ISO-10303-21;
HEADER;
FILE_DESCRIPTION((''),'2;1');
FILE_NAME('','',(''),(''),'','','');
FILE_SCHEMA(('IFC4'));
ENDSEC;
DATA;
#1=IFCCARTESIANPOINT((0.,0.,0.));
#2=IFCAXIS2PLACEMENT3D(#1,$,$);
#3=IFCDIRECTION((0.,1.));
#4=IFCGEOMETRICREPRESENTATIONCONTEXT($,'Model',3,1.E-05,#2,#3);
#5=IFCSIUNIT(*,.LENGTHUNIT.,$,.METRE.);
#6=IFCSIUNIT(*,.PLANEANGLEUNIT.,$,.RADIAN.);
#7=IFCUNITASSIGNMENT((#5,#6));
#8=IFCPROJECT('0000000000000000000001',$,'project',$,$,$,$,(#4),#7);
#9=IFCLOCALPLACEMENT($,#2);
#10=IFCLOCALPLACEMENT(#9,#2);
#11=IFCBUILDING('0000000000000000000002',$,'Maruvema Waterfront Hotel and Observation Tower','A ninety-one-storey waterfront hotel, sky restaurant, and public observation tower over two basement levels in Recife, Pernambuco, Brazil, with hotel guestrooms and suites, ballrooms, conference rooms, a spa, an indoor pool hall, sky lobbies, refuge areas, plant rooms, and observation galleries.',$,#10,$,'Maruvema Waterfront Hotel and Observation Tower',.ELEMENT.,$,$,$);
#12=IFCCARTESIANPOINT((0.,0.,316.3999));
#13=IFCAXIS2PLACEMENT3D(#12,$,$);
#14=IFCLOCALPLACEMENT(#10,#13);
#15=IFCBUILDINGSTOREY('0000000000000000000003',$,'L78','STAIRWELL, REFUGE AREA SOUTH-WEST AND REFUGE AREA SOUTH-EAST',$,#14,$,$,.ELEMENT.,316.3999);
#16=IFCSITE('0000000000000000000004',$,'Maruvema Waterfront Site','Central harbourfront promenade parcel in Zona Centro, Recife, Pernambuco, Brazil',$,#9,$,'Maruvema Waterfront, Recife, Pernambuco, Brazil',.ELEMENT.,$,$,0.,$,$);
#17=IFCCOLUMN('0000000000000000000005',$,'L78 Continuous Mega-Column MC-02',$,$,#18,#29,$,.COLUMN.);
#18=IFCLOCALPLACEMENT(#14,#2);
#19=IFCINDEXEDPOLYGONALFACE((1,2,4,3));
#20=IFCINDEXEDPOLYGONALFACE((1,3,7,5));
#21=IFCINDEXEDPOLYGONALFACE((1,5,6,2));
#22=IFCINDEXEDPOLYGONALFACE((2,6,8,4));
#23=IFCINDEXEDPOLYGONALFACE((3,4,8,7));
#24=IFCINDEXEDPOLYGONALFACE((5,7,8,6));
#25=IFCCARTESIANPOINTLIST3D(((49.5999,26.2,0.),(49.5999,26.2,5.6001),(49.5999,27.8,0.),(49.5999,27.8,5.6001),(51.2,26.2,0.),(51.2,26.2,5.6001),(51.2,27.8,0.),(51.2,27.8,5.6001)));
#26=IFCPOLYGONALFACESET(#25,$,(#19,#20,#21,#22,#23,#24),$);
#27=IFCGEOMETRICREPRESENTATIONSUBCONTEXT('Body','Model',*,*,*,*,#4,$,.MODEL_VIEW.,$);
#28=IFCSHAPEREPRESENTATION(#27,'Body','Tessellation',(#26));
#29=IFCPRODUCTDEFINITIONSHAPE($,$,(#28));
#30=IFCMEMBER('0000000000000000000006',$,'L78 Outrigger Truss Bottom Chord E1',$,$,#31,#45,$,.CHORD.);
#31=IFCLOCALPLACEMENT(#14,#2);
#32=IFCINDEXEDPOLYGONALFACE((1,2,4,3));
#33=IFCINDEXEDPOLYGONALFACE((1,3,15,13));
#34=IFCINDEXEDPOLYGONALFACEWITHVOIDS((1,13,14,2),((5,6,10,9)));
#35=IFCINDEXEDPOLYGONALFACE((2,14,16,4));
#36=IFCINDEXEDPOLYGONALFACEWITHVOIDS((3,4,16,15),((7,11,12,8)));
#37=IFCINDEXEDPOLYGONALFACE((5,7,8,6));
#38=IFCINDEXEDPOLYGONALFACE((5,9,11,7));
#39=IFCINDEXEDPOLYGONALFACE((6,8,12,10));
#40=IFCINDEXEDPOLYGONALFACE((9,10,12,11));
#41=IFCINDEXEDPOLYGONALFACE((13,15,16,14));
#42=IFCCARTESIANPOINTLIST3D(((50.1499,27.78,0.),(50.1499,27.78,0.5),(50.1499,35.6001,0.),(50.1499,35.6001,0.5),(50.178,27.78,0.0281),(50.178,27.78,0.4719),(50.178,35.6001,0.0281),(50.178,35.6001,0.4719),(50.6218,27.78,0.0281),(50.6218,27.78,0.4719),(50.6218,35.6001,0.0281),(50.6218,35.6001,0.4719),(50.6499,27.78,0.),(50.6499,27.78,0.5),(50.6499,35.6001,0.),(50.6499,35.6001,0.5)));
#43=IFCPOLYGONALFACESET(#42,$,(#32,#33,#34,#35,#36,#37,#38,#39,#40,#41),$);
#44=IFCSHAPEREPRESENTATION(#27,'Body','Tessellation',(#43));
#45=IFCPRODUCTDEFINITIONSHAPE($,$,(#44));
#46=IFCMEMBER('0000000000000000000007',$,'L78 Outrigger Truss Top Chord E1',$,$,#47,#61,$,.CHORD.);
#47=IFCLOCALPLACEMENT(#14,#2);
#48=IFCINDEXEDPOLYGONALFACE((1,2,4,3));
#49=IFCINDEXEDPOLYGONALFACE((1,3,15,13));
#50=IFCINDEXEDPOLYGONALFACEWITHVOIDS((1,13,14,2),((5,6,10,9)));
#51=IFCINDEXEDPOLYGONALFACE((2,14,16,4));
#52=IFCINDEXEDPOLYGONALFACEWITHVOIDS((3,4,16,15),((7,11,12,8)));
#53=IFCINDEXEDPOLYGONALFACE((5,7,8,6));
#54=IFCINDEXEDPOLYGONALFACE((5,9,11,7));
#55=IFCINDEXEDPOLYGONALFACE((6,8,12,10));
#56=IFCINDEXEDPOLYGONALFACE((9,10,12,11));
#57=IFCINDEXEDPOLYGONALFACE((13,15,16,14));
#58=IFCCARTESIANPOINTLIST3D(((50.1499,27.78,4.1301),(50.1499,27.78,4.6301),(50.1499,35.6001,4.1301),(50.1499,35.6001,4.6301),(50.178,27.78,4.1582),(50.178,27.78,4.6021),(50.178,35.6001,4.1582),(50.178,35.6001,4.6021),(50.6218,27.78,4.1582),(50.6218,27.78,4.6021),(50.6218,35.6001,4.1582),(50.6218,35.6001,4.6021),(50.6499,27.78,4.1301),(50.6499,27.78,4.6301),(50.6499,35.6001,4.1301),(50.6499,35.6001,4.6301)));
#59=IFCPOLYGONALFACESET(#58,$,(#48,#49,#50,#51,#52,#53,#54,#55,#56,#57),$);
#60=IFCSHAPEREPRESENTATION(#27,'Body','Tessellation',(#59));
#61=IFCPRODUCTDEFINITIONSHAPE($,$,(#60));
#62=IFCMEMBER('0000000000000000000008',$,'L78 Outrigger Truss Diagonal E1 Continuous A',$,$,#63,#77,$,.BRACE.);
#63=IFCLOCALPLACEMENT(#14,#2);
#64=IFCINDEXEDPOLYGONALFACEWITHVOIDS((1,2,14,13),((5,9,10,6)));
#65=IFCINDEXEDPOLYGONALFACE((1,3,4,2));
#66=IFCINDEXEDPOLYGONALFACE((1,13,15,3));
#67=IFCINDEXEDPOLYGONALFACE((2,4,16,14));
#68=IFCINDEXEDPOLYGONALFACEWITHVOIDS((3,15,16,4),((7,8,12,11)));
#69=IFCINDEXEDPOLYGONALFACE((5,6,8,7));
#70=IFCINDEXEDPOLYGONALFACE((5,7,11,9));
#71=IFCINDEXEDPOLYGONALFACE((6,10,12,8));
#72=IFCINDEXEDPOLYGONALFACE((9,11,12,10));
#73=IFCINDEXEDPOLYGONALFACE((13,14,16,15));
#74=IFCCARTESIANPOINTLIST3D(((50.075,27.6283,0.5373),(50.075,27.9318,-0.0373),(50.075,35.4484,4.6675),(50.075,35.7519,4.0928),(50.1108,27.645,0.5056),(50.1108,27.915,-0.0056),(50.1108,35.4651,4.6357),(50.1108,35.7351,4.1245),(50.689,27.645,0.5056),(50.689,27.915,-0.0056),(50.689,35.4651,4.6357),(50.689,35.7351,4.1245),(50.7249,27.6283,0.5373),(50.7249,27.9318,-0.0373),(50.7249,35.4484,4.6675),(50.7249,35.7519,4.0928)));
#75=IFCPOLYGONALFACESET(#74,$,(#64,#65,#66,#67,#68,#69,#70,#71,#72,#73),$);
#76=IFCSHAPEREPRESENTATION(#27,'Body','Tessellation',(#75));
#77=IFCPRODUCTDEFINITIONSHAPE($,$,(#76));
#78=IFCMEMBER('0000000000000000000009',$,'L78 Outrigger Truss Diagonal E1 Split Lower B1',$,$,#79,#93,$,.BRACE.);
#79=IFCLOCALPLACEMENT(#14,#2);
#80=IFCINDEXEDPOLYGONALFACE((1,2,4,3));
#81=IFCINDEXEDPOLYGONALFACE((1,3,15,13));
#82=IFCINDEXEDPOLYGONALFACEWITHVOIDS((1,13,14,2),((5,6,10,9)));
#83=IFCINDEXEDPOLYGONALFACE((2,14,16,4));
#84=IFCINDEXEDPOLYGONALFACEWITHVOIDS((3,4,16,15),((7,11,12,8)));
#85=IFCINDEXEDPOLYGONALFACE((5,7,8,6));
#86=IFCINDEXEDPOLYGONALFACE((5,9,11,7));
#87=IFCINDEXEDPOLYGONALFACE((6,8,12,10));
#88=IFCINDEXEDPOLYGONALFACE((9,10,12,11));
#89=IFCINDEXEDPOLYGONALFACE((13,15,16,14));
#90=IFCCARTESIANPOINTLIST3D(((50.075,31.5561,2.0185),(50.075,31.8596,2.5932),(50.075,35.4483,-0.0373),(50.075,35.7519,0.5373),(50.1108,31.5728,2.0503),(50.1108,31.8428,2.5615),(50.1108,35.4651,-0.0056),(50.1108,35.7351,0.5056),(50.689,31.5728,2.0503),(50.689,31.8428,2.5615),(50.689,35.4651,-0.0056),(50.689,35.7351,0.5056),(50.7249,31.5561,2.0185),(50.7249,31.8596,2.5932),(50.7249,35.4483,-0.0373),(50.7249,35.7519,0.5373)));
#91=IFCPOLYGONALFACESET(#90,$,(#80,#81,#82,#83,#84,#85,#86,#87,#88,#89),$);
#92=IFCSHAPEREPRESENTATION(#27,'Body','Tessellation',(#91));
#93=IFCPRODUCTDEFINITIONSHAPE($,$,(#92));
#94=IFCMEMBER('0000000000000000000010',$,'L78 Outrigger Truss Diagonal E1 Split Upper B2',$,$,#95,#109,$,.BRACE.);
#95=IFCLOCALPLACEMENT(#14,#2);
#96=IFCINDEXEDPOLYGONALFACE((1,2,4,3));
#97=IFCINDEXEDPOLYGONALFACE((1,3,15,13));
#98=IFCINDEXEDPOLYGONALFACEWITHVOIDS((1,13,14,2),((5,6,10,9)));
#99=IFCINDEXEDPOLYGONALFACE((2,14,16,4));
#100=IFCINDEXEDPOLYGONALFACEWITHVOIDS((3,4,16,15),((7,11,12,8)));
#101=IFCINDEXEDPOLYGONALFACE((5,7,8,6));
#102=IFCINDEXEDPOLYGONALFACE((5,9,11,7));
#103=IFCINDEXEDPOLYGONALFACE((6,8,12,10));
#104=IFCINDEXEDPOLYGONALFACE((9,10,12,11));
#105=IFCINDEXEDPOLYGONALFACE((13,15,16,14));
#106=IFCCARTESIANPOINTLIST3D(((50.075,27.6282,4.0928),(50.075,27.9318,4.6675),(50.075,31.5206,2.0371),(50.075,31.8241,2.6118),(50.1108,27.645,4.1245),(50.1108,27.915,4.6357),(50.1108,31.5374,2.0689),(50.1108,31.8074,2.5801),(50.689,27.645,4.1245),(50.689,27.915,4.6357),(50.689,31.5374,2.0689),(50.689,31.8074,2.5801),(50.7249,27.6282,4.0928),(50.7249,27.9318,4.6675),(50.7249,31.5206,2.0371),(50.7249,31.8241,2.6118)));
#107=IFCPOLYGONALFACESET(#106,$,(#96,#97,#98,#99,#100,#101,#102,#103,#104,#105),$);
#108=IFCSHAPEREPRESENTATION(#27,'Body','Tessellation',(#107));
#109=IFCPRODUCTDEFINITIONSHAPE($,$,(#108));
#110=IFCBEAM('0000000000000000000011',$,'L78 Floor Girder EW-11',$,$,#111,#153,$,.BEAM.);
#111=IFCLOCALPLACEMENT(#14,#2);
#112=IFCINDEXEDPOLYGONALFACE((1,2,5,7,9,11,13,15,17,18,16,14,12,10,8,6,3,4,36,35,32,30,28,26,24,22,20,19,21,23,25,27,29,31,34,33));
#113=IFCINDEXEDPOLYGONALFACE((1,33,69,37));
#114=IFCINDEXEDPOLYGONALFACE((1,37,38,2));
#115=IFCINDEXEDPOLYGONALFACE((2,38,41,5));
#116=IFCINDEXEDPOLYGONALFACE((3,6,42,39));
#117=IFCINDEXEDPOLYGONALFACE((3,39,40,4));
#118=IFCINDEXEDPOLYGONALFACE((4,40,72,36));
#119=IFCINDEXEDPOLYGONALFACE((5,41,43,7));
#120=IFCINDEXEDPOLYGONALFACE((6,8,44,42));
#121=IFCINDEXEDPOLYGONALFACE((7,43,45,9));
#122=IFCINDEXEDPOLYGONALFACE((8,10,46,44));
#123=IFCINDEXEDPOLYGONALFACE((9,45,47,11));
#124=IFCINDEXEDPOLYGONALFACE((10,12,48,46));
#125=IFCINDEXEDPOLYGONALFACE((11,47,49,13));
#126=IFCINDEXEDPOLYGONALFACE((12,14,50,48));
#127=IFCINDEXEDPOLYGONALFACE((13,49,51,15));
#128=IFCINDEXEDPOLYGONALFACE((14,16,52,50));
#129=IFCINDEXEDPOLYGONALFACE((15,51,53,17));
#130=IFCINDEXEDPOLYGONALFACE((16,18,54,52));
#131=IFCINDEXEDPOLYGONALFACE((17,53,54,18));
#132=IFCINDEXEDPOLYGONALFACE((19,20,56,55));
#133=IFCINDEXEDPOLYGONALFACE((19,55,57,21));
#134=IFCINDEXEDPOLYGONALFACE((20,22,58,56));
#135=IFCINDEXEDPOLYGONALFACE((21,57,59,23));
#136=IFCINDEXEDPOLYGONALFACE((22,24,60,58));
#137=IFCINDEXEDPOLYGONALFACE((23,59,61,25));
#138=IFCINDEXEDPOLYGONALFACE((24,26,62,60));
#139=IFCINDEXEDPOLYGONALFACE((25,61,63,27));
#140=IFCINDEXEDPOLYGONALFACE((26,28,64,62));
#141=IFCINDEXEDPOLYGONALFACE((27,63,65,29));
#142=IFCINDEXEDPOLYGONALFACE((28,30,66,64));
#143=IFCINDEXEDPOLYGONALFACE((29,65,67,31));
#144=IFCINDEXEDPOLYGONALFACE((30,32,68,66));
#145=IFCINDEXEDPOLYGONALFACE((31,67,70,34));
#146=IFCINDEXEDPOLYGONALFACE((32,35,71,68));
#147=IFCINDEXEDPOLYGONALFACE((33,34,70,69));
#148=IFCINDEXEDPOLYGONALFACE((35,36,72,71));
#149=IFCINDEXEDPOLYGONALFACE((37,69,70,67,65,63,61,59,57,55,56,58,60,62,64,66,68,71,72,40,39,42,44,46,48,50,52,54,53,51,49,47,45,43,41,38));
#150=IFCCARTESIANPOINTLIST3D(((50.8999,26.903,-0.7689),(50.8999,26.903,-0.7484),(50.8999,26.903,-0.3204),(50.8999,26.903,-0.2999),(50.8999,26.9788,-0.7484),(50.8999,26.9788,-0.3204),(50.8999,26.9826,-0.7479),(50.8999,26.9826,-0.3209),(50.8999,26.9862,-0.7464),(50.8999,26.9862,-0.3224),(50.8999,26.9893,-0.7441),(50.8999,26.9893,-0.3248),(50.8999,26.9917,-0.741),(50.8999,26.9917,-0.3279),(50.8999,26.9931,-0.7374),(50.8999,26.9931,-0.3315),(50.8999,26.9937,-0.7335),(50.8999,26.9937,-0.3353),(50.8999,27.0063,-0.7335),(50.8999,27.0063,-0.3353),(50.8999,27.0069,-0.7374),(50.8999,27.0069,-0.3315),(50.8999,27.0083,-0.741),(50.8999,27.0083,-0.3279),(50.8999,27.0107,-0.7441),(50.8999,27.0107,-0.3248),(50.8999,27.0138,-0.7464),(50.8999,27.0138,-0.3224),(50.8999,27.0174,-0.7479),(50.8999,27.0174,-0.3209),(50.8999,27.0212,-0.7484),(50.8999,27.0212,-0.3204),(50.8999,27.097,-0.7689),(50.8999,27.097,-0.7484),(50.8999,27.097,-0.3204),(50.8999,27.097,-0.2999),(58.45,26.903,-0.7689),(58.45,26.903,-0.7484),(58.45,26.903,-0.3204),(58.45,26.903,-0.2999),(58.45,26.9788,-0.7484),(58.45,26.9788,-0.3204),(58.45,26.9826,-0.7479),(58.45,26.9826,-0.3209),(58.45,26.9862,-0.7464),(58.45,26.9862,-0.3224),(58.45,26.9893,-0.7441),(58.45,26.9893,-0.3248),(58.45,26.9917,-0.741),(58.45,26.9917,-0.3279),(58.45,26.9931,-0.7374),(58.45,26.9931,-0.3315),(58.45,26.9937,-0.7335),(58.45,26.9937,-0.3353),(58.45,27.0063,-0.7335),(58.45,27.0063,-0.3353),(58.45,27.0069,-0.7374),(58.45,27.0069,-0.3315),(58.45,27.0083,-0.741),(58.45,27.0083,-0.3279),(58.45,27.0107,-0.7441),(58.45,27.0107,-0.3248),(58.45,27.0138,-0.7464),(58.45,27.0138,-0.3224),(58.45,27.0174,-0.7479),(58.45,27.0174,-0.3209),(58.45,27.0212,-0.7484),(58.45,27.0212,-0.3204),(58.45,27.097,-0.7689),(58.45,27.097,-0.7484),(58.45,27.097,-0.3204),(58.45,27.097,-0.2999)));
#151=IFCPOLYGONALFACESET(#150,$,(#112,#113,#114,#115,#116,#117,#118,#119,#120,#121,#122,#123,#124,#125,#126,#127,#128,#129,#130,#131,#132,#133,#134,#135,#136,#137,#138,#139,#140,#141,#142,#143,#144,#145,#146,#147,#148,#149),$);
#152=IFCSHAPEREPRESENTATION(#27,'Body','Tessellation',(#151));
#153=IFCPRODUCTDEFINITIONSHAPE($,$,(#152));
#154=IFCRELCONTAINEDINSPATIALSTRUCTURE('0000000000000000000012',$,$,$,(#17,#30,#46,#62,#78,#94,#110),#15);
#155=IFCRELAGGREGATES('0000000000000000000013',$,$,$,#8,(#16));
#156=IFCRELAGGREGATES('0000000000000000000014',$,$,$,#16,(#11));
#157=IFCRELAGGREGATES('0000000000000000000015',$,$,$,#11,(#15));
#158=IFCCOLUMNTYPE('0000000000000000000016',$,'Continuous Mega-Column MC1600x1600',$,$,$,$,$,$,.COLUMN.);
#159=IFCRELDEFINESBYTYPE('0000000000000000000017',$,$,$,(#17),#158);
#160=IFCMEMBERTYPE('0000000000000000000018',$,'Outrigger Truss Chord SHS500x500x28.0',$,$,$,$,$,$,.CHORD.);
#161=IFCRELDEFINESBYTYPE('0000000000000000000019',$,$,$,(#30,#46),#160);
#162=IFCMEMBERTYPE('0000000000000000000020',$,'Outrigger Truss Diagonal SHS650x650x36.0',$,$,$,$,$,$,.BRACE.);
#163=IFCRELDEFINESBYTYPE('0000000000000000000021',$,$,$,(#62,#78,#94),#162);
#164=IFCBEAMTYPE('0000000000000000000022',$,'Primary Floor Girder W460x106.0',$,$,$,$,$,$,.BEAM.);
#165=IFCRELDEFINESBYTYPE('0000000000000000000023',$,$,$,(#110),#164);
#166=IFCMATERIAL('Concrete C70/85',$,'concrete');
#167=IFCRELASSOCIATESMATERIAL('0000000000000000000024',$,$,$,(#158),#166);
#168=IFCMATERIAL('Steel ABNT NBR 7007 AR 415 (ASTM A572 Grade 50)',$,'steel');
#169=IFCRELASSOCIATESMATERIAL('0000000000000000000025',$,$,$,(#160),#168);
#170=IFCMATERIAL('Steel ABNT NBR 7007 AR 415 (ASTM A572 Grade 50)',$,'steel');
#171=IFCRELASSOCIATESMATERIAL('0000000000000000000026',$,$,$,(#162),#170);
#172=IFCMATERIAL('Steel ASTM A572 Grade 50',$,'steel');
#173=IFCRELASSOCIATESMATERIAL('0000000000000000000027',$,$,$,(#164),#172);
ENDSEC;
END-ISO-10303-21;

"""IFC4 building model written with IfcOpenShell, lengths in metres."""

from ifc_helpers import new_model, si_unit, direction, frame, origin, origin_2d, place, context, subcontext, project, spatial, rectangle, hollow_rectangle, i_section, extrude, material, material_profile, profile_set, type_object, element, save


model = new_model("IFC4")

# Units and contexts
model_context = context("Model", 3, precision=1e-05, world=origin(), true_north=direction((0.0, 1.0)))
body_context = subcontext(model_context, "Body", "Model", "MODEL_VIEW")
ifc_project = project(units=[si_unit("LENGTHUNIT", "METRE"), si_unit("PLANEANGLEUNIT", "RADIAN")], contexts=[model_context])

# Site, building, storey
site_placement = place(None, origin())
site = spatial("IfcSite", under=ifc_project, at=site_placement, Name="Maruvema Waterfront Site", Description="Central harbourfront promenade parcel in Zona Centro, Recife, Pernambuco, Brazil", LongName="Maruvema Waterfront, Recife, Pernambuco, Brazil", CompositionType="ELEMENT", RefElevation=0.0)
building_placement = place(site_placement, origin())
building = spatial("IfcBuilding", under=site, at=building_placement, Name="Maruvema Waterfront Hotel and Observation Tower", Description="A ninety-one-storey waterfront hotel, sky restaurant, and public observation tower over two basement levels in Recife, Pernambuco, Brazil, with hotel guestrooms and suites, ballrooms, conference rooms, a spa, an indoor pool hall, sky lobbies, refuge areas, plant rooms, and observation galleries.", LongName="Maruvema Waterfront Hotel and Observation Tower", CompositionType="ELEMENT")
storey_placement = place(building_placement, frame((0.0, 0.0, 316.3999)))
storey = spatial("IfcBuildingStorey", under=building, at=storey_placement, Name="L78", Description="STAIRWELL, REFUGE AREA SOUTH-WEST AND REFUGE AREA SOUTH-EAST", CompositionType="ELEMENT", Elevation=316.3999)

# Column
ifc_material_1 = material(Name="Concrete C70/85", Category="concrete")
ifc_material_profile_1 = material_profile(ifc_material_1, rectangle(XDim=1.6001, YDim=1.6001, at=origin_2d()), Name="MC1600x1600")
ifc_profile_set_1 = profile_set([ifc_material_profile_1], Name="Concrete C70/85")
column_type = type_object("IfcColumnType", Name="Continuous Mega-Column MC1600x1600", PredefinedType="COLUMN", material=ifc_profile_set_1)
column_placement = place(storey_placement, frame((50.3999, 27.0, 0.0), z_axis=(0.0, 0.0, 1.0), x_axis=(1.0, 0.0, 0.0)))
element("IfcColumn", 1, at=column_placement, inside=storey, type_object=column_type, Name="L78 Continuous Mega-Column MC-02", PredefinedType="COLUMN", context=body_context, shape_type="SweptSolid", body=[
    extrude(rectangle(XDim=1.6001, YDim=1.6001, at=origin_2d()), origin(), (0.0, 0.0, 1.0), 5.6001),
])

# Members
ifc_material_2 = material(Name="Steel ABNT NBR 7007 AR 415 (ASTM A572 Grade 50)", Category="steel")
ifc_material_profile_2 = material_profile(ifc_material_2, hollow_rectangle(XDim=0.5, YDim=0.5, WallThickness=0.0281, at=origin_2d()), Name="SHS500x500x28.0")
ifc_profile_set_2 = profile_set([ifc_material_profile_2], Name="Steel ABNT NBR 7007 AR 415 (ASTM A572 Grade 50)")
member_type_1 = type_object("IfcMemberType", Name="Outrigger Truss Chord SHS500x500x28.0", PredefinedType="CHORD", material=ifc_profile_set_2)
for number, where, z_axis, x_axis, name in (
    (2, (50.3999, 27.78, 0.25), (0.0, 1.0, 0.0), (-1.0, 0.0, 0.0), "L78 Outrigger Truss Bottom Chord E1"),
    (3, (50.3999, 27.78, 4.3801), (0.0, 1.0, 0.0), (-1.0, 0.0, 0.0), "L78 Outrigger Truss Top Chord E1"),
):
    element("IfcMember", number, at=place(storey_placement, frame(where, z_axis=z_axis, x_axis=x_axis)), inside=storey, type_object=member_type_1, Name=name, PredefinedType="CHORD", context=body_context, shape_type="SweptSolid", body=[
        extrude(hollow_rectangle(XDim=0.5, YDim=0.5, WallThickness=0.0281, at=origin_2d()), origin(), (0.0, 0.0, 1.0), 7.8201),
    ])
ifc_material_3 = material(Name="Steel ABNT NBR 7007 AR 415 (ASTM A572 Grade 50)", Category="steel")
ifc_material_profile_3 = material_profile(ifc_material_3, hollow_rectangle(XDim=0.6499, YDim=0.6499, WallThickness=0.0359, at=origin_2d()), Name="SHS650x650x36.0")
ifc_profile_set_3 = profile_set([ifc_material_profile_3], Name="Steel ABNT NBR 7007 AR 415 (ASTM A572 Grade 50)")
member_type_2 = type_object("IfcMemberType", Name="Outrigger Truss Diagonal SHS650x650x36.0", PredefinedType="BRACE", material=ifc_profile_set_3)
member_placement = place(storey_placement, frame((50.3999, 27.78, 0.25), z_axis=(0.0, 0.884251, 0.467012), x_axis=(-1.0, 0.0, 0.0)))
element("IfcMember", 4, at=member_placement, inside=storey, type_object=member_type_2, Name="L78 Outrigger Truss Diagonal E1 Continuous A", PredefinedType="BRACE", context=body_context, shape_type="SweptSolid", body=[
    extrude(hollow_rectangle(XDim=0.6499, YDim=0.6499, WallThickness=0.0359, at=origin_2d()), origin(), (0.0, 0.0, 1.0), 8.8438),
])
for number, where, z_axis, x_axis, name in (
    (5, (50.3999, 35.6001, 0.25), (0.0, -0.884233, 0.467047), (1.0, 0.0, 0.0), "L78 Outrigger Truss Diagonal E1 Split Lower B1"),
    (6, (50.3999, 31.6724, 2.3245), (0.0, -0.884256, 0.467003), (1.0, 0.0, 0.0), "L78 Outrigger Truss Diagonal E1 Split Upper B2"),
):
    element("IfcMember", number, at=place(storey_placement, frame(where, z_axis=z_axis, x_axis=x_axis)), inside=storey, type_object=member_type_2, Name=name, PredefinedType="BRACE", context=body_context, shape_type="SweptSolid", body=[
        extrude(hollow_rectangle(XDim=0.6499, YDim=0.6499, WallThickness=0.0359, at=origin_2d()), origin(), (0.0, 0.0, 1.0), 4.4019),
    ])

# Beam
ifc_material_4 = material(Name="Steel ASTM A572 Grade 50", Category="steel")
ifc_material_profile_4 = material_profile(ifc_material_4, i_section(OverallWidth=0.1941, OverallDepth=0.469, WebThickness=0.0127, FlangeThickness=0.0205, FilletRadius=0.0149, at=origin_2d()), Name="W460x106.0")
ifc_profile_set_4 = profile_set([ifc_material_profile_4], Name="Steel ASTM A572 Grade 50")
beam_type_1 = type_object("IfcBeamType", Name="Primary Floor Girder W460x106.0", PredefinedType="BEAM", material=ifc_profile_set_4)
beam_1_placement = place(storey_placement, frame((50.8999, 27.0, -0.5344), z_axis=(1.0, 0.0, 0.0), x_axis=(0.0, 1.0, 0.0)))
element("IfcBeam", 7, at=beam_1_placement, inside=storey, type_object=beam_type_1, Name="L78 Floor Girder EW-11", PredefinedType="BEAM", context=body_context, shape_type="SweptSolid", body=[
    extrude(i_section(OverallWidth=0.1941, OverallDepth=0.469, WebThickness=0.0127, FlangeThickness=0.0205, FilletRadius=0.0149, at=origin_2d()), origin(), (0.0, 0.0, 1.0), 7.55),
])

save(model, "model.ifc")
